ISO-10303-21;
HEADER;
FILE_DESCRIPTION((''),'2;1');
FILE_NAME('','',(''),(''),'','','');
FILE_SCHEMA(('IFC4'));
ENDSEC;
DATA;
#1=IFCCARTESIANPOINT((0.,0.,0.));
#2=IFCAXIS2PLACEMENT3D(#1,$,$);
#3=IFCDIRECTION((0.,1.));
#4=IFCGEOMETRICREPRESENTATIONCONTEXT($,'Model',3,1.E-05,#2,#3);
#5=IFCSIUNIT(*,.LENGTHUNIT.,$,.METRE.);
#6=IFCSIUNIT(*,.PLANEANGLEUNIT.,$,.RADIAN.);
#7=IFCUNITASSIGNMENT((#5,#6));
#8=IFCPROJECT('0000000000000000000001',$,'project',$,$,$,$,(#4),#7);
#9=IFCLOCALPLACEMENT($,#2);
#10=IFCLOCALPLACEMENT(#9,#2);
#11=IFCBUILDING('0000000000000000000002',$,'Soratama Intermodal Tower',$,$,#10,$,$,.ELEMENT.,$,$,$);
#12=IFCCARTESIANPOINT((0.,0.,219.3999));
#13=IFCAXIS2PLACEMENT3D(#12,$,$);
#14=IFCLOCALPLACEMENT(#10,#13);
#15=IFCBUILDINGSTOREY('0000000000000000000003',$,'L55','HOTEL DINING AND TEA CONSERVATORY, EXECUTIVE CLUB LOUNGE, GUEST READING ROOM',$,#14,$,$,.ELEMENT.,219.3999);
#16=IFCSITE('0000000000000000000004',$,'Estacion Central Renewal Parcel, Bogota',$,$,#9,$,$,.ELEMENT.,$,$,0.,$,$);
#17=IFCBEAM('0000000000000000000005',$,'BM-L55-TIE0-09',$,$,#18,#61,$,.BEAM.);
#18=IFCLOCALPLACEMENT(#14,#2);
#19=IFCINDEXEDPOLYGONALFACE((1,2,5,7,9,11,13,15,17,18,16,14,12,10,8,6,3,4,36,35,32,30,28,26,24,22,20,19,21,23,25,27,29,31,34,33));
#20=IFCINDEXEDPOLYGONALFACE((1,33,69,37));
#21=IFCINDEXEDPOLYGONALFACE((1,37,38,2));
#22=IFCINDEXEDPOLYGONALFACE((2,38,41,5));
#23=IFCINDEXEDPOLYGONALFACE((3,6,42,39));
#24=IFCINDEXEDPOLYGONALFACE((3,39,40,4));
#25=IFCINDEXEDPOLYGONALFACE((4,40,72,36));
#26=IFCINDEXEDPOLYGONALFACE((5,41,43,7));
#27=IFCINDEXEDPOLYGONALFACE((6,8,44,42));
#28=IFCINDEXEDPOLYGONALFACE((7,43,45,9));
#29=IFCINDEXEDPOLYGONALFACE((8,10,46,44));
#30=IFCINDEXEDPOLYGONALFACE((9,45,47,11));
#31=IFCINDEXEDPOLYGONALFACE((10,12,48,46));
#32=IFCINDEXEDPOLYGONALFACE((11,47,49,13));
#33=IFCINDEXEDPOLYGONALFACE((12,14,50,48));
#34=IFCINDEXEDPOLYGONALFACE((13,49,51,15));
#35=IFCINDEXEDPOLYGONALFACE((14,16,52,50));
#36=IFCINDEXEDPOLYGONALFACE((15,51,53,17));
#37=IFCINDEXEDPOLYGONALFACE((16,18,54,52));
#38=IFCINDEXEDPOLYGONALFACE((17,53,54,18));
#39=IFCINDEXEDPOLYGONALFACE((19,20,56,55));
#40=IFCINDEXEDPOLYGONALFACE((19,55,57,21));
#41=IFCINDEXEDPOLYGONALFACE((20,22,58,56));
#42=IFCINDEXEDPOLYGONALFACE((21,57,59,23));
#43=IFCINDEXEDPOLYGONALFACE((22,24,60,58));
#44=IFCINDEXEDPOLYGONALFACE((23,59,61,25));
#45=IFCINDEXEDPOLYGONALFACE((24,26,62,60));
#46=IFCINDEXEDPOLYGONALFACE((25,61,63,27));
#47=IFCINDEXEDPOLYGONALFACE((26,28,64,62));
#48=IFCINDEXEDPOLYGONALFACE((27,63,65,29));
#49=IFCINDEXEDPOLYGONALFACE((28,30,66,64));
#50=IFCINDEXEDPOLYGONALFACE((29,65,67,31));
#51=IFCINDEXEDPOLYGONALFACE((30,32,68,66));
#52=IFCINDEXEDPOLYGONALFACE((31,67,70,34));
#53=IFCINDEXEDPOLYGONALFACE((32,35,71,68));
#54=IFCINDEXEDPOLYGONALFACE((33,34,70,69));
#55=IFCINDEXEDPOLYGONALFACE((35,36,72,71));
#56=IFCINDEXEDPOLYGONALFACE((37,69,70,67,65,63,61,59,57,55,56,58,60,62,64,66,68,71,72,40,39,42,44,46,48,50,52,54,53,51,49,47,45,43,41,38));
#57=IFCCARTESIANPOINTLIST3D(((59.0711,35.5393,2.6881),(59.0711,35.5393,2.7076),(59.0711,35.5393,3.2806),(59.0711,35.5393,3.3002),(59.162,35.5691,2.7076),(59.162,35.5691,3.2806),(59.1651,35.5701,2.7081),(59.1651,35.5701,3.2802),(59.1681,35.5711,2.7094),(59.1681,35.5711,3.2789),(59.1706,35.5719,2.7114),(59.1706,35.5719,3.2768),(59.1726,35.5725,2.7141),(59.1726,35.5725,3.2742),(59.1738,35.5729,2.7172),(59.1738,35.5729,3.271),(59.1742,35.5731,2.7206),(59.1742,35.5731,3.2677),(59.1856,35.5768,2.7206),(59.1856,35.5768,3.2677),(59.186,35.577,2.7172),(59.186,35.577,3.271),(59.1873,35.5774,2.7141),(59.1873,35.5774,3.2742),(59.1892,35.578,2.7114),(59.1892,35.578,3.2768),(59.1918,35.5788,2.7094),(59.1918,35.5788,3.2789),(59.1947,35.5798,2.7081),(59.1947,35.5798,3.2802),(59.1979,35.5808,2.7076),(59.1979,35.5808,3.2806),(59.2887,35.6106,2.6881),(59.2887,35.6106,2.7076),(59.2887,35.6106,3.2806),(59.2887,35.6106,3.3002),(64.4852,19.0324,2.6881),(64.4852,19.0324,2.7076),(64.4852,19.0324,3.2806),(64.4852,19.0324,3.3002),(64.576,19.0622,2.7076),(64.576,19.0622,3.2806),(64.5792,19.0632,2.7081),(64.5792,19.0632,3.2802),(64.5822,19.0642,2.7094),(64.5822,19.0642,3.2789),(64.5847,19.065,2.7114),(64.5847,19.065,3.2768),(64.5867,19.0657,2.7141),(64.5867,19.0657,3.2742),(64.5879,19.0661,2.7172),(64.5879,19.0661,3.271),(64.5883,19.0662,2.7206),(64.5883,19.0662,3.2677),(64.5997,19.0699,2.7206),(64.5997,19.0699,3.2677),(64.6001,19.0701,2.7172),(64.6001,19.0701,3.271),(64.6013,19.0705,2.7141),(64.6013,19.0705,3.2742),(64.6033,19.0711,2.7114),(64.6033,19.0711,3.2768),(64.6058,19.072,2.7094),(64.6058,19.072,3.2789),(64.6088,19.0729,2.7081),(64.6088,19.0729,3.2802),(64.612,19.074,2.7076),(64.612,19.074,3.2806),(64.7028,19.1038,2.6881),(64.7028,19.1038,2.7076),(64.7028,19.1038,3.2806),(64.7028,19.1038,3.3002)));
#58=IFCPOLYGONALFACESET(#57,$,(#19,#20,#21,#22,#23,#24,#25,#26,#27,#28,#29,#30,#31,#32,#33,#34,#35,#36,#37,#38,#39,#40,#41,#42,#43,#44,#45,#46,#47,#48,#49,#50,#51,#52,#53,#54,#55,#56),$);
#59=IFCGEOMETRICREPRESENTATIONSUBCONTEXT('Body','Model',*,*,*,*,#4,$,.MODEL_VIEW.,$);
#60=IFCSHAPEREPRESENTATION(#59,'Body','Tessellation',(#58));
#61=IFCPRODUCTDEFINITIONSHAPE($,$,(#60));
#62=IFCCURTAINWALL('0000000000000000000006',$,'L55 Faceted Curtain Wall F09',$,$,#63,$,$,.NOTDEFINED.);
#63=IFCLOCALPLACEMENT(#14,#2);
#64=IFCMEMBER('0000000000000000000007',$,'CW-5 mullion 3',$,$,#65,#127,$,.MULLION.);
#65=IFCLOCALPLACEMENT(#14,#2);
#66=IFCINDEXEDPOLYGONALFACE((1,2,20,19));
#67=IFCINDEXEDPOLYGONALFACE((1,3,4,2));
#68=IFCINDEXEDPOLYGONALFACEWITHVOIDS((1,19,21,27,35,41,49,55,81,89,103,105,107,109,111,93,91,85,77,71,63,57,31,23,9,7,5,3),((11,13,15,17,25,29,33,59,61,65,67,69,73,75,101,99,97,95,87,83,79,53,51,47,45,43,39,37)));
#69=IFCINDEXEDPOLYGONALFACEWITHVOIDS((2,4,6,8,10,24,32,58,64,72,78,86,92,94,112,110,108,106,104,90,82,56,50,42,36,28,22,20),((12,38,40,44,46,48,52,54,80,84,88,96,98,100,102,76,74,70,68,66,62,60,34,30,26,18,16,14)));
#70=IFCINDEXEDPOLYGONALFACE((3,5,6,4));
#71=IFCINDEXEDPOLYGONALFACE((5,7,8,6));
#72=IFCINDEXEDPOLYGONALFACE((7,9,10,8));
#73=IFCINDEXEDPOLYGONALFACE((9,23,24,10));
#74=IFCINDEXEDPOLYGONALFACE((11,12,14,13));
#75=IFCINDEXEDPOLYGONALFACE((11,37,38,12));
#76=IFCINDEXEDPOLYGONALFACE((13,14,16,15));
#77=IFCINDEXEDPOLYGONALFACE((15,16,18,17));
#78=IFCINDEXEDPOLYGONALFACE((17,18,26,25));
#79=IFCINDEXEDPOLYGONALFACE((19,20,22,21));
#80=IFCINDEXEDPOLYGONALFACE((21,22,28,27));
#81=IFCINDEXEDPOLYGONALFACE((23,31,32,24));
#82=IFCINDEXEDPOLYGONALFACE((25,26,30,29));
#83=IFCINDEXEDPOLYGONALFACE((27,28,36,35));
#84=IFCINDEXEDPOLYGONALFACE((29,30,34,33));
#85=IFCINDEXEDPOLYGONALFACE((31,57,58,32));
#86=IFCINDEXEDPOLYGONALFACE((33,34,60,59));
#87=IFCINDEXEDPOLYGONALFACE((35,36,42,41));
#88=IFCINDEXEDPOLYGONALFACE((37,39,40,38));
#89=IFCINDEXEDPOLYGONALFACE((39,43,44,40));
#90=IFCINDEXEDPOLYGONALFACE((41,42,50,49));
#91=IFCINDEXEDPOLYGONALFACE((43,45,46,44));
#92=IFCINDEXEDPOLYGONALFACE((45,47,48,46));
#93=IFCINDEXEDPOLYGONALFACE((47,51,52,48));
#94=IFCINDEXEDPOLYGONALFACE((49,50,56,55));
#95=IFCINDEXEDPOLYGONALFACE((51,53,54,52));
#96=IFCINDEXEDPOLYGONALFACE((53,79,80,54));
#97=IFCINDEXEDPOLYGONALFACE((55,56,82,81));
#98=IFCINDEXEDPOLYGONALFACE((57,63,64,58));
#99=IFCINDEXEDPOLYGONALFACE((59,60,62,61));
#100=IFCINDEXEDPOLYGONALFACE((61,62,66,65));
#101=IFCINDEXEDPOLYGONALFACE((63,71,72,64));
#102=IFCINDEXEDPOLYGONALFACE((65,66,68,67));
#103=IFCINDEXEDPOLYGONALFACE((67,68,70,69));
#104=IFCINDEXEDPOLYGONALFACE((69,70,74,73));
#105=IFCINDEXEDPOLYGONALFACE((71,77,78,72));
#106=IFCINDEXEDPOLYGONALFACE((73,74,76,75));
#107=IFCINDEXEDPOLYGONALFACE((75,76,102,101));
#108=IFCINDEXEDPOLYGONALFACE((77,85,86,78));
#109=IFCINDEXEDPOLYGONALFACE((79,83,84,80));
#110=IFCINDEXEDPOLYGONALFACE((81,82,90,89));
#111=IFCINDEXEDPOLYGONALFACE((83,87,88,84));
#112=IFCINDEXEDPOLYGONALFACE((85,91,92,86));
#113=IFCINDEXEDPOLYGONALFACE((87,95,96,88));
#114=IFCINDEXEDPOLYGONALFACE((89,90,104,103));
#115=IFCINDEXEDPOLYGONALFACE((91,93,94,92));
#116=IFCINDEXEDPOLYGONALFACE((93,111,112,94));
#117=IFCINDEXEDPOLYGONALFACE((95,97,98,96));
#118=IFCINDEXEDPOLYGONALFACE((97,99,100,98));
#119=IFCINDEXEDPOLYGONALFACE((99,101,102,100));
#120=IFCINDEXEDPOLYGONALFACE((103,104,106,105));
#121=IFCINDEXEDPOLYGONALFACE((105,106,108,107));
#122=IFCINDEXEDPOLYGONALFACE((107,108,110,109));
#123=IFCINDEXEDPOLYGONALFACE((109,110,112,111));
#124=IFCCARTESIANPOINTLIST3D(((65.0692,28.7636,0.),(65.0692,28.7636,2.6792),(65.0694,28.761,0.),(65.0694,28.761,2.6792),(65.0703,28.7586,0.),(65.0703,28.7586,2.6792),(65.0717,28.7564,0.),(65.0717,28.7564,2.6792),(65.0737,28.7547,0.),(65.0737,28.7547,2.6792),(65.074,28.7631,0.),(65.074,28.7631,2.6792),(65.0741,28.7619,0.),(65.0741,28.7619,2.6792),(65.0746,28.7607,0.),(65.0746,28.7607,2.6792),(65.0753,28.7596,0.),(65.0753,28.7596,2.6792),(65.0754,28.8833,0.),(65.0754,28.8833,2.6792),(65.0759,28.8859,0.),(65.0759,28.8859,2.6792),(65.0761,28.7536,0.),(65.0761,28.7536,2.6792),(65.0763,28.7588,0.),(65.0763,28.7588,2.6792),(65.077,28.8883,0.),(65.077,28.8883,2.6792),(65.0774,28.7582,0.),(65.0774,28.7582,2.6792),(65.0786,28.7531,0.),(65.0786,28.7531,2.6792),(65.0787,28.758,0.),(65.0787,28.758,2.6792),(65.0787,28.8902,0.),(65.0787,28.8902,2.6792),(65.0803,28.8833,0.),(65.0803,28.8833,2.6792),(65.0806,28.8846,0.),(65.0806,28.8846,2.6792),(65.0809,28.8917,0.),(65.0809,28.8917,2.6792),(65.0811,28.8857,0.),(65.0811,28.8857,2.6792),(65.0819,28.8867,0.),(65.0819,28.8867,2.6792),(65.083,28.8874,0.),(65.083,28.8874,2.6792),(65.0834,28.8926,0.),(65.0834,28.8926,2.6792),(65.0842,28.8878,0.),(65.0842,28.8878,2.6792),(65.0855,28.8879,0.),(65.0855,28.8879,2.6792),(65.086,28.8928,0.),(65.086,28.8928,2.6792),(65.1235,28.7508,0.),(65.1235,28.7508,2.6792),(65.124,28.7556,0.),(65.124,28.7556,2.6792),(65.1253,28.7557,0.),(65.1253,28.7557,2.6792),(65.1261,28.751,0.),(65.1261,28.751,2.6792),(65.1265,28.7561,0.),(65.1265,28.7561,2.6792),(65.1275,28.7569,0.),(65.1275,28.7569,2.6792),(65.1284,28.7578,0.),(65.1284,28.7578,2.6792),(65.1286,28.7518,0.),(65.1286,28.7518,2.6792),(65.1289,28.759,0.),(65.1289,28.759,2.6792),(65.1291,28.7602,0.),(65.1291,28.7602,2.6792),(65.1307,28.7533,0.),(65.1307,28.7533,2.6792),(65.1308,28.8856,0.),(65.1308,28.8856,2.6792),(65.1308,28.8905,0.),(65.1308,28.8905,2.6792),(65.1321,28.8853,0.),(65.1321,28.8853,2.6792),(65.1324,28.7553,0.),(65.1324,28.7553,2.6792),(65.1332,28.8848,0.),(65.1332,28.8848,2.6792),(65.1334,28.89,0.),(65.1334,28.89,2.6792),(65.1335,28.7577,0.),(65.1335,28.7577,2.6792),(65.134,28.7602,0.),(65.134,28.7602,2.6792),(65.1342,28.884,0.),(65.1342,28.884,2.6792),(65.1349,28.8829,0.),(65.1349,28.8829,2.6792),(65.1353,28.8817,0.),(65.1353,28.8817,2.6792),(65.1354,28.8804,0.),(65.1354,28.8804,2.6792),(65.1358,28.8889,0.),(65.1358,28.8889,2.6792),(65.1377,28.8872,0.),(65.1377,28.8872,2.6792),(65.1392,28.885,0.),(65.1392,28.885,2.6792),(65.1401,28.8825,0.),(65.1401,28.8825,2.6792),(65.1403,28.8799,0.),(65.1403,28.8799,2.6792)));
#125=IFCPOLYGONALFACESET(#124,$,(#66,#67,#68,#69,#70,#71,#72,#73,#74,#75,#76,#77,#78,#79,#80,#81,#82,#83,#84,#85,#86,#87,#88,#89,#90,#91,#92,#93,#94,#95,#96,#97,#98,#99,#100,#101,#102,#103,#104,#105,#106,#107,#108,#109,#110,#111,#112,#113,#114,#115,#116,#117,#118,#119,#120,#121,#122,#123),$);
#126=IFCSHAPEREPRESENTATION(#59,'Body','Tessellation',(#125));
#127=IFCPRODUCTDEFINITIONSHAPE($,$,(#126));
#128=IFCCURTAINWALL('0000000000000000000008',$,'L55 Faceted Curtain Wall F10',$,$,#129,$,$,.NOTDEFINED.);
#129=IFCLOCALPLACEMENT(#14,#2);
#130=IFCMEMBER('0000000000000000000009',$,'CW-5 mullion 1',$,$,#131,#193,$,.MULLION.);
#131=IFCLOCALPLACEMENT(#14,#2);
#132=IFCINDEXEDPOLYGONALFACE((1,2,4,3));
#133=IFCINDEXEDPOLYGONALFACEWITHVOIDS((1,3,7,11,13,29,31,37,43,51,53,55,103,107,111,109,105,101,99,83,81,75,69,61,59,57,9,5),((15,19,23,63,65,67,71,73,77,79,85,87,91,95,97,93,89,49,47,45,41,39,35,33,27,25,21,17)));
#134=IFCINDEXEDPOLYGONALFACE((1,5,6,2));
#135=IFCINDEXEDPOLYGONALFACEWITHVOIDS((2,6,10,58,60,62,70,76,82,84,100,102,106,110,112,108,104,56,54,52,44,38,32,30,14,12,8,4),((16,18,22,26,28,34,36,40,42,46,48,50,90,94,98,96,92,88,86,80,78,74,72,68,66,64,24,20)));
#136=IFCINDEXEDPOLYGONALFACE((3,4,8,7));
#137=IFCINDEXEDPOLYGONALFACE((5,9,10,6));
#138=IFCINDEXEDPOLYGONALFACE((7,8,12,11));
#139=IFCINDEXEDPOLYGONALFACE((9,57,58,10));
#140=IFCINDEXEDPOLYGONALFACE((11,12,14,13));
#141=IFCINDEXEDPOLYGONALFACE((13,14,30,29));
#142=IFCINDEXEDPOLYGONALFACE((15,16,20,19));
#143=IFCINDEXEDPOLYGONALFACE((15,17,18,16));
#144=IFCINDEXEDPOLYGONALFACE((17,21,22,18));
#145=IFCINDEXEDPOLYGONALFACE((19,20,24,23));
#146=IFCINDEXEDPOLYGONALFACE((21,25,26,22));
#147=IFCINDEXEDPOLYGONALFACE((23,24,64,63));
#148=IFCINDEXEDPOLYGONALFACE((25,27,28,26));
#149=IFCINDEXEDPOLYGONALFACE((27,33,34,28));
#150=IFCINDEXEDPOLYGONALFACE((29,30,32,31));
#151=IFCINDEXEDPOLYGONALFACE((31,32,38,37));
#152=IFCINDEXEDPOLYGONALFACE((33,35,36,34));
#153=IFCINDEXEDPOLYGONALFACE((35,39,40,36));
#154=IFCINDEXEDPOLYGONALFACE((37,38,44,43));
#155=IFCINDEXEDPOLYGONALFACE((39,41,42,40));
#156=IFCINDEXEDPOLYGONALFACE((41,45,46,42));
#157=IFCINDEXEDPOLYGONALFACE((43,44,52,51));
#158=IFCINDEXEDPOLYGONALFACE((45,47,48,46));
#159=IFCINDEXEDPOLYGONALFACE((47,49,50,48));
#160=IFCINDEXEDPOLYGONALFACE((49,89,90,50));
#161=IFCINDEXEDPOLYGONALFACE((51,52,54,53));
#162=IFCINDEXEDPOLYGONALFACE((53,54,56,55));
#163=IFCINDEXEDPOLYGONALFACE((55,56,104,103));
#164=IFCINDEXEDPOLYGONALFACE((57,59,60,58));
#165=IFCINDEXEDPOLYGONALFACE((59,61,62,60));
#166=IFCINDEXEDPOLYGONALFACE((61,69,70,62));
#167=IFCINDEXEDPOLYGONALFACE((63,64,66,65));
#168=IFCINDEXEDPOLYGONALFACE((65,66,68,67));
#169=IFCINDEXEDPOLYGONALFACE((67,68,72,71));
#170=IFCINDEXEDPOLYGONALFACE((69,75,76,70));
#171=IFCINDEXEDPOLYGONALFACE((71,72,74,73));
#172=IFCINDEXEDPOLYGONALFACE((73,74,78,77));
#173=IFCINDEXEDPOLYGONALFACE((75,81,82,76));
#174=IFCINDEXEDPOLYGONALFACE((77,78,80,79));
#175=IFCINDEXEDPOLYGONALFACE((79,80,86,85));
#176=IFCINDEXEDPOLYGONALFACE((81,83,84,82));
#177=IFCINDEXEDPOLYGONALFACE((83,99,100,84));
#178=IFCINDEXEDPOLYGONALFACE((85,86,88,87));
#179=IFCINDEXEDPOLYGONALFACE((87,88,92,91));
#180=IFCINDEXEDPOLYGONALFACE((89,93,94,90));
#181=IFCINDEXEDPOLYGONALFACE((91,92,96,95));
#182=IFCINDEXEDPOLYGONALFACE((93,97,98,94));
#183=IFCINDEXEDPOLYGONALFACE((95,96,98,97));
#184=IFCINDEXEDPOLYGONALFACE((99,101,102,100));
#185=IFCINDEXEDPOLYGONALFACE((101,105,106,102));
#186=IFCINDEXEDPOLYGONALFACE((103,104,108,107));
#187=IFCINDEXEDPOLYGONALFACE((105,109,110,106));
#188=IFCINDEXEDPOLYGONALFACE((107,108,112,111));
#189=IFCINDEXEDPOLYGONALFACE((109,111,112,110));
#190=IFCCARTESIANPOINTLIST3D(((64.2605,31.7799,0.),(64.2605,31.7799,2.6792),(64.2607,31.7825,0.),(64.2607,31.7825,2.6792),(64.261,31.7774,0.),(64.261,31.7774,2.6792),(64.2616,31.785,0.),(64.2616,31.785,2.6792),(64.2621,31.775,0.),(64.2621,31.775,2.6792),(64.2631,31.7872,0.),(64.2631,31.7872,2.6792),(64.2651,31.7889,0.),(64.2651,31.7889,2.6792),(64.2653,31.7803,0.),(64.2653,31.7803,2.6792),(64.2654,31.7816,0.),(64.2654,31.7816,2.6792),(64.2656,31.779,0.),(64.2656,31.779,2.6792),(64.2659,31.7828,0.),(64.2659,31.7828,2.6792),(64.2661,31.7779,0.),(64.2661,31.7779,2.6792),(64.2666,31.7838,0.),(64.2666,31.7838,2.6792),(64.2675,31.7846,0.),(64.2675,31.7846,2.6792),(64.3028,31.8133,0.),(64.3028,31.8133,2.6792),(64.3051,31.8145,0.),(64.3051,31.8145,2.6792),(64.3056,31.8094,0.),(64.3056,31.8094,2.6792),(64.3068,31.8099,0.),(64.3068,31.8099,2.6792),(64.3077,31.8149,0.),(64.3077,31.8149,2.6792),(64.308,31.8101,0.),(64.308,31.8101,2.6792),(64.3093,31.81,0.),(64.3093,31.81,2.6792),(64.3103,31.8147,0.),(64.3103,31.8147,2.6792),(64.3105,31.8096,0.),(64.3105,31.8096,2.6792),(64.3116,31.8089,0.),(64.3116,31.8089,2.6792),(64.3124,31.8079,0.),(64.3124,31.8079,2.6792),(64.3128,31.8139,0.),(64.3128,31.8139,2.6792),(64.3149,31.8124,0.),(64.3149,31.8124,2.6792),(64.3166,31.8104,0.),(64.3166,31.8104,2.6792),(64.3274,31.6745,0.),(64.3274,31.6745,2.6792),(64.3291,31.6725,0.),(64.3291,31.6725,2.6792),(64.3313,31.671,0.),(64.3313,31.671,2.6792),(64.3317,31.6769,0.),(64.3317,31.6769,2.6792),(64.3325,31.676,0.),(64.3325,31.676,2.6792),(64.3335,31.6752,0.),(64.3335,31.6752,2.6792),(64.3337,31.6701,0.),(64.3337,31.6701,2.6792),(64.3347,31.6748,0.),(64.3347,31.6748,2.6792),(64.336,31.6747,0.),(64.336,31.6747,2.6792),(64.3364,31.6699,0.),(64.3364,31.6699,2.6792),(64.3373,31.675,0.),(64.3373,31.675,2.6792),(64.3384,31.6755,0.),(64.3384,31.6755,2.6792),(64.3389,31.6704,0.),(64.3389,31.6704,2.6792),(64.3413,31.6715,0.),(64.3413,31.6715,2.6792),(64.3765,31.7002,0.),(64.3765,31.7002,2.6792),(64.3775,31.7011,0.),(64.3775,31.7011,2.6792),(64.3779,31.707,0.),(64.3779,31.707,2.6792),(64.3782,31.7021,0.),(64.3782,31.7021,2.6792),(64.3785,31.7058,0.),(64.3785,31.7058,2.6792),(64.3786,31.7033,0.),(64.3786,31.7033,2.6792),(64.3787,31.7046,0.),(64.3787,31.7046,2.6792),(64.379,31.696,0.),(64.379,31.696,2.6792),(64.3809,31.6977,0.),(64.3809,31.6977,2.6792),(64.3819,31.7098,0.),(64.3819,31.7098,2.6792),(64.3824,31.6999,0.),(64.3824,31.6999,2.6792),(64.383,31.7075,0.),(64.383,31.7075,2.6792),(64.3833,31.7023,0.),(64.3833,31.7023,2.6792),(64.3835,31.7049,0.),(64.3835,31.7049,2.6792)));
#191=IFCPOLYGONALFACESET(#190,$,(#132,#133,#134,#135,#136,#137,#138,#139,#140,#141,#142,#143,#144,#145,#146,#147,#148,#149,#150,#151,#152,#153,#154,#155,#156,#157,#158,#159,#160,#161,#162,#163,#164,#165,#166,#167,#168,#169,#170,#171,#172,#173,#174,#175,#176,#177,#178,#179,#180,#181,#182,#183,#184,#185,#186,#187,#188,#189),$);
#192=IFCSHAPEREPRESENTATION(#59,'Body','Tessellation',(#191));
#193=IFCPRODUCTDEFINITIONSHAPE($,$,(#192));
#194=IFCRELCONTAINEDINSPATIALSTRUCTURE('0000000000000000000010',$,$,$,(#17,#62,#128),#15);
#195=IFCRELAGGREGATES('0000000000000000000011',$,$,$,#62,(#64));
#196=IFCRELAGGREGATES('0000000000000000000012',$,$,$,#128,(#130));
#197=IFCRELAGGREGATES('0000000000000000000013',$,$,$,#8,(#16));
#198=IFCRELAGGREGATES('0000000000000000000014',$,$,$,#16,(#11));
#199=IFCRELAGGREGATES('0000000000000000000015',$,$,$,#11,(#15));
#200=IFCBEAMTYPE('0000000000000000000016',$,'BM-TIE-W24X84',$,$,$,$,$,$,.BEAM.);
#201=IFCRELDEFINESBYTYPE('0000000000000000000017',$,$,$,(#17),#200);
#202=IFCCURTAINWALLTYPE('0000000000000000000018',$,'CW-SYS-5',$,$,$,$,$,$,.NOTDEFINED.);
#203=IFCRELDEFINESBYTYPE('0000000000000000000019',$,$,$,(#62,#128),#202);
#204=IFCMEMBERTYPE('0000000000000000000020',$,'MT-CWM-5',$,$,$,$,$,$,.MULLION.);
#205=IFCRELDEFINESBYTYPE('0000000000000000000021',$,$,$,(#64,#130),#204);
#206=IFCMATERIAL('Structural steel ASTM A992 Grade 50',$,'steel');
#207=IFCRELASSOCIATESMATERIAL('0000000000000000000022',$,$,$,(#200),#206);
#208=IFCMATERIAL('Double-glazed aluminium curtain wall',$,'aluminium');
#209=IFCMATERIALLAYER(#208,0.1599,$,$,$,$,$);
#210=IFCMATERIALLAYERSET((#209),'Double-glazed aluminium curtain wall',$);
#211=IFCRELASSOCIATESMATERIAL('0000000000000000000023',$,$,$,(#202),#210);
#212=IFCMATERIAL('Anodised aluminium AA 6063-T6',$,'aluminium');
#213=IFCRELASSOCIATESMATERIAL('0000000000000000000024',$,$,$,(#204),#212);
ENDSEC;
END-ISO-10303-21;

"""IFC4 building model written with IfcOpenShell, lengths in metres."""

from ifc_helpers import new_model, si_unit, direction, frame, origin, origin_2d, place, context, subcontext, project, spatial, hollow_rectangle, i_section, extrude, material, layer, layer_set, material_profile, profile_set, type_object, element, aggregate, save


model = new_model("IFC4")

# Units and contexts
model_context = context("Model", 3, precision=1e-05, world=origin(), true_north=direction((0.0, 1.0)))
body_context = subcontext(model_context, "Body", "Model", "MODEL_VIEW")
ifc_project = project(units=[si_unit("LENGTHUNIT", "METRE"), si_unit("PLANEANGLEUNIT", "RADIAN")], contexts=[model_context])

# Site, building, storey
site_placement = place(None, origin())
site = spatial("IfcSite", under=ifc_project, at=site_placement, Name="Estacion Central Renewal Parcel, Bogota", CompositionType="ELEMENT", RefElevation=0.0)
building_placement = place(site_placement, origin())
building = spatial("IfcBuilding", under=site, at=building_placement, Name="Soratama Intermodal Tower", CompositionType="ELEMENT")
storey_placement = place(building_placement, frame((0.0, 0.0, 219.3999)))
storey = spatial("IfcBuildingStorey", under=building, at=storey_placement, Name="L55", Description="HOTEL DINING AND TEA CONSERVATORY, EXECUTIVE CLUB LOUNGE, GUEST READING ROOM", CompositionType="ELEMENT", Elevation=219.3999)

# Beam
ifc_material_1 = material(Name="Structural steel ASTM A992 Grade 50", Category="steel")
ifc_material_profile_1 = material_profile(ifc_material_1, i_section(OverallWidth=0.229, OverallDepth=0.6121, WebThickness=0.012, FlangeThickness=0.0195, FilletRadius=0.0129, at=origin_2d()), Name="W24X84")
ifc_profile_set_1 = profile_set([ifc_material_profile_1], Name="Structural steel ASTM A992 Grade 50")
beam_type_1 = type_object("IfcBeamType", Name="BM-TIE-W24X84", PredefinedType="BEAM", material=ifc_profile_set_1)
beam_1_placement = place(storey_placement, frame((59.1799, 35.575, 2.9941), z_axis=(0.311654, -0.950196, 0.0), x_axis=(0.950196, 0.311654, 0.0)))
element("IfcBeam", 1, at=beam_1_placement, inside=storey, type_object=beam_type_1, Name="BM-L55-TIE0-09", PredefinedType="BEAM", context=body_context, shape_type="SweptSolid", body=[
    extrude(i_section(OverallWidth=0.229, OverallDepth=0.6121, WebThickness=0.012, FlangeThickness=0.0195, FilletRadius=0.0129, at=origin_2d()), origin(), (0.0, 0.0, 1.0), 17.3721),
])

# Curtain wall, member
ifc_material_2 = material(Name="Double-glazed aluminium curtain wall", Category="aluminium")
ifc_layer_1 = layer(ifc_material_2, 0.1599)
ifc_layer_set_1 = layer_set([ifc_layer_1], Name="Double-glazed aluminium curtain wall")
curtain_wall_type = type_object("IfcCurtainWallType", Name="CW-SYS-5", PredefinedType="NOTDEFINED", material=ifc_layer_set_1)
curtain_wall_1_placement = place(storey_placement, origin())
curtain_wall_1 = element("IfcCurtainWall", 2, at=curtain_wall_1_placement, inside=storey, type_object=curtain_wall_type, Name="L55 Faceted Curtain Wall F09", PredefinedType="NOTDEFINED")
ifc_material_3 = material(Name="Anodised aluminium AA 6063-T6", Category="aluminium")
ifc_material_profile_2 = material_profile(ifc_material_3, hollow_rectangle(XDim=0.0649, YDim=0.1399, WallThickness=0.0049, InnerFilletRadius=0.0049, OuterFilletRadius=0.01, at=origin_2d()), Name="CWM140X65X5")
ifc_profile_set_2 = profile_set([ifc_material_profile_2], Name="Anodised aluminium AA 6063-T6")
member_type_1 = type_object("IfcMemberType", Name="MT-CWM-5", PredefinedType="MULLION", material=ifc_profile_set_2)
member_1_placement = place(storey_placement, frame((65.1047, 28.8218, 0.0), z_axis=(0.0, 0.0, 1.0), x_axis=(-0.99863, 0.052329, 0.0)))
member_1 = element("IfcMember", 3, at=member_1_placement, type_object=member_type_1, Name="CW-5 mullion 3", PredefinedType="MULLION", context=body_context, shape_type="SweptSolid", body=[
    extrude(hollow_rectangle(XDim=0.0649, YDim=0.1399, WallThickness=0.0049, InnerFilletRadius=0.0049, OuterFilletRadius=0.01, at=origin_2d()), origin(), (0.0, 0.0, 1.0), 2.6792),
])

# Curtain wall, member
curtain_wall_2_placement = place(storey_placement, origin())
curtain_wall_2 = element("IfcCurtainWall", 4, at=curtain_wall_2_placement, inside=storey, type_object=curtain_wall_type, Name="L55 Faceted Curtain Wall F10", PredefinedType="NOTDEFINED")
member_2_placement = place(storey_placement, frame((64.322, 31.7424, 0.0), z_axis=(0.0, 0.0, 1.0), x_axis=(-0.83867, -0.54464, 0.0)))
member_2 = element("IfcMember", 5, at=member_2_placement, type_object=member_type_1, Name="CW-5 mullion 1", PredefinedType="MULLION", context=body_context, shape_type="SweptSolid", body=[
    extrude(hollow_rectangle(XDim=0.0649, YDim=0.1399, WallThickness=0.0049, InnerFilletRadius=0.0049, OuterFilletRadius=0.01, at=origin_2d()), origin(), (0.0, 0.0, 1.0), 2.6792),
])

aggregate(curtain_wall_1, [member_1])
aggregate(curtain_wall_2, [member_2])

save(model, "model.ifc")
